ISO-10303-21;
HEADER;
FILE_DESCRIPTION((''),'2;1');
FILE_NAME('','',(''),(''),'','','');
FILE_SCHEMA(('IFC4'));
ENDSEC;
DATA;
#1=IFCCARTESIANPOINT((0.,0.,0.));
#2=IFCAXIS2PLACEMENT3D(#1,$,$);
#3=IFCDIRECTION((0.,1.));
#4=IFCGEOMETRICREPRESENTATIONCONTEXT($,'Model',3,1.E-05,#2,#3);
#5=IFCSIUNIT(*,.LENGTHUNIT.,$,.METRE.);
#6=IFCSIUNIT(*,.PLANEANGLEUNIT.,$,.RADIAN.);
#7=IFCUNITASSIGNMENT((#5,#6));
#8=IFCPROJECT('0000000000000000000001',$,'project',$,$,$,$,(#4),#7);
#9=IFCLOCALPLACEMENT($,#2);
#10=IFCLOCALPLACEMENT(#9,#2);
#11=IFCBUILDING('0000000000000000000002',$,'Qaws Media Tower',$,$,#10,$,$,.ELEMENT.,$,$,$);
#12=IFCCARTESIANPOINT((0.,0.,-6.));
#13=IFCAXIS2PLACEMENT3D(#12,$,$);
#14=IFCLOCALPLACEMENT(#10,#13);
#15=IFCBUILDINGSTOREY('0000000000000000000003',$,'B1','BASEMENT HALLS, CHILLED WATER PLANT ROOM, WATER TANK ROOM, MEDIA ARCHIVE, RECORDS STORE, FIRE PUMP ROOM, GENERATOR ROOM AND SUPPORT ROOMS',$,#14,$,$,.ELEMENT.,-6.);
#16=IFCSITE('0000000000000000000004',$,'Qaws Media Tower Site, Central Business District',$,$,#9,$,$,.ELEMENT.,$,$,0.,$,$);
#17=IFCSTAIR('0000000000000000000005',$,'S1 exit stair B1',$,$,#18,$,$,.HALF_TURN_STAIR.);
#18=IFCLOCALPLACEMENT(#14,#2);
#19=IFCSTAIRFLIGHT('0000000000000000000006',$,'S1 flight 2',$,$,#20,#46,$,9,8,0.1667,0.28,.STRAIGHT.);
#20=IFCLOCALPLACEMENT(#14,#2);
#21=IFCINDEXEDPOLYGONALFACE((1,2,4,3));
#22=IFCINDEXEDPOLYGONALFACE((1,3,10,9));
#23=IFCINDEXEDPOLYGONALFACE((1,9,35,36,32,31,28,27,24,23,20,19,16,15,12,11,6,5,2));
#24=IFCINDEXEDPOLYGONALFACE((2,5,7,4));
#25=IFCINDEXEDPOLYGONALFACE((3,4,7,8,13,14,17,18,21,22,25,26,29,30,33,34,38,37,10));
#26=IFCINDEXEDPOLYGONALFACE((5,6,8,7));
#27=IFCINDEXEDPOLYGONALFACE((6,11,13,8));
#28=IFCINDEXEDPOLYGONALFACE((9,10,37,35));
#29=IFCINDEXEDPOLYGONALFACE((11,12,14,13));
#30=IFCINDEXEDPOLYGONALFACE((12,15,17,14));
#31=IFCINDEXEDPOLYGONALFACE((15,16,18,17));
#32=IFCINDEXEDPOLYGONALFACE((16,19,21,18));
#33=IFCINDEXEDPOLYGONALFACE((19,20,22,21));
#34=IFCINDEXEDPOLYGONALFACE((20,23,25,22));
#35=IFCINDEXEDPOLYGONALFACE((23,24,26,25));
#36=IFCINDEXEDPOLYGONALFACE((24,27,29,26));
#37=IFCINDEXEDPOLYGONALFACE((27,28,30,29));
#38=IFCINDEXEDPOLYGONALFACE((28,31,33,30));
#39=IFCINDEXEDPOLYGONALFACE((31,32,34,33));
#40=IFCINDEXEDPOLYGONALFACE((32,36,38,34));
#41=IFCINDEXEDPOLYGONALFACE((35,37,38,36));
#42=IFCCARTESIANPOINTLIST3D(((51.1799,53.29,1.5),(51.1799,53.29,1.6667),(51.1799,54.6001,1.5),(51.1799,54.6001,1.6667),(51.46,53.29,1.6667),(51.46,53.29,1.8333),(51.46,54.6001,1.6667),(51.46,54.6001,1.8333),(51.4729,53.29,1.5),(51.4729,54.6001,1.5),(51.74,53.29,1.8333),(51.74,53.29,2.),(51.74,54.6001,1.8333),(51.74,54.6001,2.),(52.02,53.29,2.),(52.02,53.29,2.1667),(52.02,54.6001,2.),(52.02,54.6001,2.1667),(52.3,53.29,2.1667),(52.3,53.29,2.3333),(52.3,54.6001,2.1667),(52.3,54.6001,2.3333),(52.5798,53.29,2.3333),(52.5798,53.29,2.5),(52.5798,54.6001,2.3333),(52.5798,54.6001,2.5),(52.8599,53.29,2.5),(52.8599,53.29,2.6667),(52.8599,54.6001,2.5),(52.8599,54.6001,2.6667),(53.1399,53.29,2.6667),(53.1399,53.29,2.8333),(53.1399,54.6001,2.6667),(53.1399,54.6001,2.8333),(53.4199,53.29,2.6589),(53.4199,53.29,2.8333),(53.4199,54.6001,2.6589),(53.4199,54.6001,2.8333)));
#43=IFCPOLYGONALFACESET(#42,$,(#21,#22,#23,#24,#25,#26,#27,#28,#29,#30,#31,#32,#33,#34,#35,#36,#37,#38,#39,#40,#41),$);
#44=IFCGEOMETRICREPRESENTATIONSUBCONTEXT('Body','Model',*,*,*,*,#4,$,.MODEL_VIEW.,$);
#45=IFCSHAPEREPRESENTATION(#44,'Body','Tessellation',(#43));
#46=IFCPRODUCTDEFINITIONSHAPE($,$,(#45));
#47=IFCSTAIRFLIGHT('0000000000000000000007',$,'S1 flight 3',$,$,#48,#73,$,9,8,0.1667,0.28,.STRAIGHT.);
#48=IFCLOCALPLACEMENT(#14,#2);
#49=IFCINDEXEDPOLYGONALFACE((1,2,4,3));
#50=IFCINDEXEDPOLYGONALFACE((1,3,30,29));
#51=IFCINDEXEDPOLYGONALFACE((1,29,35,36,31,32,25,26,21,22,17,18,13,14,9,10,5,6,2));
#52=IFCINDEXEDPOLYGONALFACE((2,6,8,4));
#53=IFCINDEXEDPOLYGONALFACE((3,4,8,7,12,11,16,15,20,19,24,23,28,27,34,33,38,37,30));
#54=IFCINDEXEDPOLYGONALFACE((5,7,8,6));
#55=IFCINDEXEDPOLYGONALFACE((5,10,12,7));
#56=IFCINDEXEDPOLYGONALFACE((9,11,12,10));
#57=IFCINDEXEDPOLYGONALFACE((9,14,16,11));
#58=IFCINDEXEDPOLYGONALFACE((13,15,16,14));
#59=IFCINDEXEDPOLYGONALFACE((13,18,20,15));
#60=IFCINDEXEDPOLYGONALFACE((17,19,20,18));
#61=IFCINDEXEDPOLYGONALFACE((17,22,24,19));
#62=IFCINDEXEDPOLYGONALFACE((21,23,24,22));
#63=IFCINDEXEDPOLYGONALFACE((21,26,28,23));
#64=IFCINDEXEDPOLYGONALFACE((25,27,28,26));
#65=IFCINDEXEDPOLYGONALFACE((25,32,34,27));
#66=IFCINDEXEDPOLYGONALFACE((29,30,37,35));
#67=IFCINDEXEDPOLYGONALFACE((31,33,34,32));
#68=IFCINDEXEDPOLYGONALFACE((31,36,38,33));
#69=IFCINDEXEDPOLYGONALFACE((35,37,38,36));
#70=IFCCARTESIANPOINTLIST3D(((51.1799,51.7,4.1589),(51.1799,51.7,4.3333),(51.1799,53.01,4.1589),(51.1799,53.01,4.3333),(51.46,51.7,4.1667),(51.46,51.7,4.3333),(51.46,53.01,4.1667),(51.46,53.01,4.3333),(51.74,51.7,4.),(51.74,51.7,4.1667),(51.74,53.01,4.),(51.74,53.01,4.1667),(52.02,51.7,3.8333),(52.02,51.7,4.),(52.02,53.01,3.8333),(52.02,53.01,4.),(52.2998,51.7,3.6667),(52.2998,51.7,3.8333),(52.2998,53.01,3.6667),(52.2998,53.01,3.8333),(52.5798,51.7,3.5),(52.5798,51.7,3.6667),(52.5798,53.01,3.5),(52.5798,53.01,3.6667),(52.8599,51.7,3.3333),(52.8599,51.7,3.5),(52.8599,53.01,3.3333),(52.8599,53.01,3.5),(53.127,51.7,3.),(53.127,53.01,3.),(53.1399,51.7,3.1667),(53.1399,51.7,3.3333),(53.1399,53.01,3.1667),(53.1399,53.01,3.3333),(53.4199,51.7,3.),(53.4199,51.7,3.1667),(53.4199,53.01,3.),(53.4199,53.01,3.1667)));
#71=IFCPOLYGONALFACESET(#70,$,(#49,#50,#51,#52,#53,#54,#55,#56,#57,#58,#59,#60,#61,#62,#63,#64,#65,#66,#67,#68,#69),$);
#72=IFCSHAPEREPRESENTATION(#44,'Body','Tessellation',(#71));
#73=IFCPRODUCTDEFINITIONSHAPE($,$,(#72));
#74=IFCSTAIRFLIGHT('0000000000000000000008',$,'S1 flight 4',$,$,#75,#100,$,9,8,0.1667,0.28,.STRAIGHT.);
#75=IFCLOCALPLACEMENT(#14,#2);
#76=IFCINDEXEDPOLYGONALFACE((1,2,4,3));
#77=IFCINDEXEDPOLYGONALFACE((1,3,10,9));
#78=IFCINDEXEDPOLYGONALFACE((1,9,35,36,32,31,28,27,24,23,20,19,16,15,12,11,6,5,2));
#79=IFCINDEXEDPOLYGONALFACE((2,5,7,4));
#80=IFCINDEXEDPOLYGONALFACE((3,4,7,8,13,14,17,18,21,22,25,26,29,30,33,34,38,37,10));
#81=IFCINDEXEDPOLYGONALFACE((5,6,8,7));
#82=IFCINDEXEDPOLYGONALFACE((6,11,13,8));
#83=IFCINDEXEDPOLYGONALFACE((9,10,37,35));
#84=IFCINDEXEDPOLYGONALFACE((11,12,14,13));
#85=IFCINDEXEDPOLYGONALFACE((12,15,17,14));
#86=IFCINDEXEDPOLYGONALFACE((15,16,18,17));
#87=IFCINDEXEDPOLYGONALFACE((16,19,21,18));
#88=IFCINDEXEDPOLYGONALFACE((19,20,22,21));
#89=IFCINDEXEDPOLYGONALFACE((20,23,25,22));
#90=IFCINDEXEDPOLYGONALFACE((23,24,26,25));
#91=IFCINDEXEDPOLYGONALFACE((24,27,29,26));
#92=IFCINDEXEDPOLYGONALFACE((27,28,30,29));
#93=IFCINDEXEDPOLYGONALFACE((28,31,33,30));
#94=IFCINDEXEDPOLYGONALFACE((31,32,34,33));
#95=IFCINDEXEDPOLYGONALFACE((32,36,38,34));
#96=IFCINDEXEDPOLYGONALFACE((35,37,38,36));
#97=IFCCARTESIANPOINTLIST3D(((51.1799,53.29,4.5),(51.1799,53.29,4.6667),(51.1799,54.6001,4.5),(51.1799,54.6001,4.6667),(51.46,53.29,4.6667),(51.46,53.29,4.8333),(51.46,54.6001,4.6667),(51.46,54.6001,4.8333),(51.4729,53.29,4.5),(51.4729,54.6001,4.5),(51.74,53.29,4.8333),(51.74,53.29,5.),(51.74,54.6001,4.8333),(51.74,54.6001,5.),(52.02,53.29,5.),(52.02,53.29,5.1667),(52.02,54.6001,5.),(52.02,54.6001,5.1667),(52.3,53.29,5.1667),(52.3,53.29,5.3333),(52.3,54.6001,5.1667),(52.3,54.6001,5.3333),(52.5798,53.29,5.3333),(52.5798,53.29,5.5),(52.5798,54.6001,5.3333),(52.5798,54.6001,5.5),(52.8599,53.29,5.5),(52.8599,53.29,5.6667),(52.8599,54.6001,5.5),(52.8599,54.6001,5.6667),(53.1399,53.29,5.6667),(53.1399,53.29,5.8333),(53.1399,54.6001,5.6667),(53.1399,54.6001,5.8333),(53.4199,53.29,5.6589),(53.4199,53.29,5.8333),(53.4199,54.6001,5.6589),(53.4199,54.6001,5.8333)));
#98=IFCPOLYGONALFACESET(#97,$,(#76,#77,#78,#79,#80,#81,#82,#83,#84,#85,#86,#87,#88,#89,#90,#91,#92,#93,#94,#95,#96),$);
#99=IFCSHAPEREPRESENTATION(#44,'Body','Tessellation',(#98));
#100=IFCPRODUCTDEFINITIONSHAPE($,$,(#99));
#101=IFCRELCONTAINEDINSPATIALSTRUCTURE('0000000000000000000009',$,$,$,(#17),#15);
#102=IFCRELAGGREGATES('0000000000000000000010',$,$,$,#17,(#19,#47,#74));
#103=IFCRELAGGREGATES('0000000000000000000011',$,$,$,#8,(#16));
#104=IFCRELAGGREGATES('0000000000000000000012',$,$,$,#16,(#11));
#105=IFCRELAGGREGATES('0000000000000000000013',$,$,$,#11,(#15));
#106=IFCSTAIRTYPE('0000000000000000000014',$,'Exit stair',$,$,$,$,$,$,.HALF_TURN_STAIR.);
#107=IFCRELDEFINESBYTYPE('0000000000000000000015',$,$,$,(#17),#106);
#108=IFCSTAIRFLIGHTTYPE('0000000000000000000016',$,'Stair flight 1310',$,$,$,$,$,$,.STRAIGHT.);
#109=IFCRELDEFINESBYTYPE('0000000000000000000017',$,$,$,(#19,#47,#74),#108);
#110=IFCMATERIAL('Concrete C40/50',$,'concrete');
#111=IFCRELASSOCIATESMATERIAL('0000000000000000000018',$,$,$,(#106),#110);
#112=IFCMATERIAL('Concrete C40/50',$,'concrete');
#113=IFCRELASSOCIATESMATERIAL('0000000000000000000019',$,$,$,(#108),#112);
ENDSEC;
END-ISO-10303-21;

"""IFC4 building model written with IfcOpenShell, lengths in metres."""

from ifc_helpers import new_model, si_unit, direction, frame, origin, place, context, subcontext, project, spatial, polyline, outline, extrude, material, type_object, element, aggregate, save


model = new_model("IFC4")

# Units and contexts
model_context = context("Model", 3, precision=1e-05, world=origin(), true_north=direction((0.0, 1.0)))
body_context = subcontext(model_context, "Body", "Model", "MODEL_VIEW")
ifc_project = project(units=[si_unit("LENGTHUNIT", "METRE"), si_unit("PLANEANGLEUNIT", "RADIAN")], contexts=[model_context])

# Site, building, storey
site_placement = place(None, origin())
site = spatial("IfcSite", under=ifc_project, at=site_placement, Name="Qaws Media Tower Site, Central Business District", CompositionType="ELEMENT", RefElevation=0.0)
building_placement = place(site_placement, origin())
building = spatial("IfcBuilding", under=site, at=building_placement, Name="Qaws Media Tower", CompositionType="ELEMENT")
storey_placement = place(building_placement, frame((0.0, 0.0, -6.0)))
storey = spatial("IfcBuildingStorey", under=building, at=storey_placement, Name="B1", Description="BASEMENT HALLS, CHILLED WATER PLANT ROOM, WATER TANK ROOM, MEDIA ARCHIVE, RECORDS STORE, FIRE PUMP ROOM, GENERATOR ROOM AND SUPPORT ROOMS", CompositionType="ELEMENT", Elevation=-6.0)

# Stair, stair flights
ifc_material_1 = material(Name="Concrete C40/50", Category="concrete")
stair_type = type_object("IfcStairType", Name="Exit stair", PredefinedType="HALF_TURN_STAIR", material=ifc_material_1)
stair_placement = place(storey_placement, origin())
stair = element("IfcStair", 1, at=stair_placement, inside=storey, type_object=stair_type, Name="S1 exit stair B1", PredefinedType="HALF_TURN_STAIR")
ifc_material_2 = material(Name="Concrete C40/50", Category="concrete")
stair_flight_type = type_object("IfcStairFlightType", Name="Stair flight 1310", PredefinedType="STRAIGHT", material=ifc_material_2)
stair_flight_1_placement = place(storey_placement, frame((51.1799, 53.9451, 1.5), z_axis=(0.0, 0.0, 1.0), x_axis=(1.0, 0.0, 0.0)))
stair_flight_1 = element("IfcStairFlight", 2, at=stair_flight_1_placement, type_object=stair_flight_type, Name="S1 flight 2", NumberOfRisers=9, NumberOfTreads=8, PredefinedType="STRAIGHT", RiserHeight=0.1667, TreadLength=0.28, context=body_context, shape_type="SweptSolid", body=[
    extrude(outline(polyline([(0.0, 0.0), (0.0, 0.1667), (0.28, 0.1667), (0.28, 0.3333), (0.5601, 0.3333), (0.5601, 0.5), (0.8401, 0.5), (0.8401, 0.6667), (1.1201, 0.6667), (1.1201, 0.8333), (1.3999, 0.8333), (1.3999, 1.0), (1.6799, 1.0), (1.6799, 1.1667), (1.96, 1.1667), (1.96, 1.3333), (2.24, 1.3333), (2.24, 1.5), (2.24, 1.1589), (0.293, 0.0), (0.0, 0.0)])), frame((0.0, 0.655, 0.0), z_axis=(0.0, -1.0, 0.0), x_axis=(1.0, 0.0, 0.0)), (0.0, 0.0, 1.0), 1.3101),
])
stair_flight_2_placement = place(storey_placement, frame((53.4199, 52.355, 3.0), z_axis=(0.0, 0.0, 1.0), x_axis=(-1.0, 0.0, 0.0)))
stair_flight_2 = element("IfcStairFlight", 3, at=stair_flight_2_placement, type_object=stair_flight_type, Name="S1 flight 3", NumberOfRisers=9, NumberOfTreads=8, PredefinedType="STRAIGHT", RiserHeight=0.1667, TreadLength=0.28, context=body_context, shape_type="SweptSolid", body=[
    extrude(outline(polyline([(0.0, 0.0), (0.0, 0.1667), (0.28, 0.1667), (0.28, 0.3333), (0.5601, 0.3333), (0.5601, 0.5), (0.8401, 0.5), (0.8401, 0.6667), (1.1201, 0.6667), (1.1201, 0.8333), (1.3999, 0.8333), (1.3999, 1.0), (1.6799, 1.0), (1.6799, 1.1667), (1.96, 1.1667), (1.96, 1.3333), (2.24, 1.3333), (2.24, 1.5), (2.24, 1.1589), (0.293, 0.0), (0.0, 0.0)])), frame((0.0, 0.655, 0.0), z_axis=(0.0, -1.0, 0.0), x_axis=(1.0, 0.0, 0.0)), (0.0, 0.0, 1.0), 1.3101),
])
stair_flight_3_placement = place(storey_placement, frame((51.1799, 53.9451, 4.5), z_axis=(0.0, 0.0, 1.0), x_axis=(1.0, 0.0, 0.0)))
stair_flight_3 = element("IfcStairFlight", 4, at=stair_flight_3_placement, type_object=stair_flight_type, Name="S1 flight 4", NumberOfRisers=9, NumberOfTreads=8, PredefinedType="STRAIGHT", RiserHeight=0.1667, TreadLength=0.28, context=body_context, shape_type="SweptSolid", body=[
    extrude(outline(polyline([(0.0, 0.0), (0.0, 0.1667), (0.28, 0.1667), (0.28, 0.3333), (0.5601, 0.3333), (0.5601, 0.5), (0.8401, 0.5), (0.8401, 0.6667), (1.1201, 0.6667), (1.1201, 0.8333), (1.3999, 0.8333), (1.3999, 1.0), (1.6799, 1.0), (1.6799, 1.1667), (1.96, 1.1667), (1.96, 1.3333), (2.24, 1.3333), (2.24, 1.5), (2.24, 1.1589), (0.293, 0.0), (0.0, 0.0)])), frame((0.0, 0.655, 0.0), z_axis=(0.0, -1.0, 0.0), x_axis=(1.0, 0.0, 0.0)), (0.0, 0.0, 1.0), 1.3101),
])
aggregate(stair, [stair_flight_1, stair_flight_2, stair_flight_3])

save(model, "model.ifc")
